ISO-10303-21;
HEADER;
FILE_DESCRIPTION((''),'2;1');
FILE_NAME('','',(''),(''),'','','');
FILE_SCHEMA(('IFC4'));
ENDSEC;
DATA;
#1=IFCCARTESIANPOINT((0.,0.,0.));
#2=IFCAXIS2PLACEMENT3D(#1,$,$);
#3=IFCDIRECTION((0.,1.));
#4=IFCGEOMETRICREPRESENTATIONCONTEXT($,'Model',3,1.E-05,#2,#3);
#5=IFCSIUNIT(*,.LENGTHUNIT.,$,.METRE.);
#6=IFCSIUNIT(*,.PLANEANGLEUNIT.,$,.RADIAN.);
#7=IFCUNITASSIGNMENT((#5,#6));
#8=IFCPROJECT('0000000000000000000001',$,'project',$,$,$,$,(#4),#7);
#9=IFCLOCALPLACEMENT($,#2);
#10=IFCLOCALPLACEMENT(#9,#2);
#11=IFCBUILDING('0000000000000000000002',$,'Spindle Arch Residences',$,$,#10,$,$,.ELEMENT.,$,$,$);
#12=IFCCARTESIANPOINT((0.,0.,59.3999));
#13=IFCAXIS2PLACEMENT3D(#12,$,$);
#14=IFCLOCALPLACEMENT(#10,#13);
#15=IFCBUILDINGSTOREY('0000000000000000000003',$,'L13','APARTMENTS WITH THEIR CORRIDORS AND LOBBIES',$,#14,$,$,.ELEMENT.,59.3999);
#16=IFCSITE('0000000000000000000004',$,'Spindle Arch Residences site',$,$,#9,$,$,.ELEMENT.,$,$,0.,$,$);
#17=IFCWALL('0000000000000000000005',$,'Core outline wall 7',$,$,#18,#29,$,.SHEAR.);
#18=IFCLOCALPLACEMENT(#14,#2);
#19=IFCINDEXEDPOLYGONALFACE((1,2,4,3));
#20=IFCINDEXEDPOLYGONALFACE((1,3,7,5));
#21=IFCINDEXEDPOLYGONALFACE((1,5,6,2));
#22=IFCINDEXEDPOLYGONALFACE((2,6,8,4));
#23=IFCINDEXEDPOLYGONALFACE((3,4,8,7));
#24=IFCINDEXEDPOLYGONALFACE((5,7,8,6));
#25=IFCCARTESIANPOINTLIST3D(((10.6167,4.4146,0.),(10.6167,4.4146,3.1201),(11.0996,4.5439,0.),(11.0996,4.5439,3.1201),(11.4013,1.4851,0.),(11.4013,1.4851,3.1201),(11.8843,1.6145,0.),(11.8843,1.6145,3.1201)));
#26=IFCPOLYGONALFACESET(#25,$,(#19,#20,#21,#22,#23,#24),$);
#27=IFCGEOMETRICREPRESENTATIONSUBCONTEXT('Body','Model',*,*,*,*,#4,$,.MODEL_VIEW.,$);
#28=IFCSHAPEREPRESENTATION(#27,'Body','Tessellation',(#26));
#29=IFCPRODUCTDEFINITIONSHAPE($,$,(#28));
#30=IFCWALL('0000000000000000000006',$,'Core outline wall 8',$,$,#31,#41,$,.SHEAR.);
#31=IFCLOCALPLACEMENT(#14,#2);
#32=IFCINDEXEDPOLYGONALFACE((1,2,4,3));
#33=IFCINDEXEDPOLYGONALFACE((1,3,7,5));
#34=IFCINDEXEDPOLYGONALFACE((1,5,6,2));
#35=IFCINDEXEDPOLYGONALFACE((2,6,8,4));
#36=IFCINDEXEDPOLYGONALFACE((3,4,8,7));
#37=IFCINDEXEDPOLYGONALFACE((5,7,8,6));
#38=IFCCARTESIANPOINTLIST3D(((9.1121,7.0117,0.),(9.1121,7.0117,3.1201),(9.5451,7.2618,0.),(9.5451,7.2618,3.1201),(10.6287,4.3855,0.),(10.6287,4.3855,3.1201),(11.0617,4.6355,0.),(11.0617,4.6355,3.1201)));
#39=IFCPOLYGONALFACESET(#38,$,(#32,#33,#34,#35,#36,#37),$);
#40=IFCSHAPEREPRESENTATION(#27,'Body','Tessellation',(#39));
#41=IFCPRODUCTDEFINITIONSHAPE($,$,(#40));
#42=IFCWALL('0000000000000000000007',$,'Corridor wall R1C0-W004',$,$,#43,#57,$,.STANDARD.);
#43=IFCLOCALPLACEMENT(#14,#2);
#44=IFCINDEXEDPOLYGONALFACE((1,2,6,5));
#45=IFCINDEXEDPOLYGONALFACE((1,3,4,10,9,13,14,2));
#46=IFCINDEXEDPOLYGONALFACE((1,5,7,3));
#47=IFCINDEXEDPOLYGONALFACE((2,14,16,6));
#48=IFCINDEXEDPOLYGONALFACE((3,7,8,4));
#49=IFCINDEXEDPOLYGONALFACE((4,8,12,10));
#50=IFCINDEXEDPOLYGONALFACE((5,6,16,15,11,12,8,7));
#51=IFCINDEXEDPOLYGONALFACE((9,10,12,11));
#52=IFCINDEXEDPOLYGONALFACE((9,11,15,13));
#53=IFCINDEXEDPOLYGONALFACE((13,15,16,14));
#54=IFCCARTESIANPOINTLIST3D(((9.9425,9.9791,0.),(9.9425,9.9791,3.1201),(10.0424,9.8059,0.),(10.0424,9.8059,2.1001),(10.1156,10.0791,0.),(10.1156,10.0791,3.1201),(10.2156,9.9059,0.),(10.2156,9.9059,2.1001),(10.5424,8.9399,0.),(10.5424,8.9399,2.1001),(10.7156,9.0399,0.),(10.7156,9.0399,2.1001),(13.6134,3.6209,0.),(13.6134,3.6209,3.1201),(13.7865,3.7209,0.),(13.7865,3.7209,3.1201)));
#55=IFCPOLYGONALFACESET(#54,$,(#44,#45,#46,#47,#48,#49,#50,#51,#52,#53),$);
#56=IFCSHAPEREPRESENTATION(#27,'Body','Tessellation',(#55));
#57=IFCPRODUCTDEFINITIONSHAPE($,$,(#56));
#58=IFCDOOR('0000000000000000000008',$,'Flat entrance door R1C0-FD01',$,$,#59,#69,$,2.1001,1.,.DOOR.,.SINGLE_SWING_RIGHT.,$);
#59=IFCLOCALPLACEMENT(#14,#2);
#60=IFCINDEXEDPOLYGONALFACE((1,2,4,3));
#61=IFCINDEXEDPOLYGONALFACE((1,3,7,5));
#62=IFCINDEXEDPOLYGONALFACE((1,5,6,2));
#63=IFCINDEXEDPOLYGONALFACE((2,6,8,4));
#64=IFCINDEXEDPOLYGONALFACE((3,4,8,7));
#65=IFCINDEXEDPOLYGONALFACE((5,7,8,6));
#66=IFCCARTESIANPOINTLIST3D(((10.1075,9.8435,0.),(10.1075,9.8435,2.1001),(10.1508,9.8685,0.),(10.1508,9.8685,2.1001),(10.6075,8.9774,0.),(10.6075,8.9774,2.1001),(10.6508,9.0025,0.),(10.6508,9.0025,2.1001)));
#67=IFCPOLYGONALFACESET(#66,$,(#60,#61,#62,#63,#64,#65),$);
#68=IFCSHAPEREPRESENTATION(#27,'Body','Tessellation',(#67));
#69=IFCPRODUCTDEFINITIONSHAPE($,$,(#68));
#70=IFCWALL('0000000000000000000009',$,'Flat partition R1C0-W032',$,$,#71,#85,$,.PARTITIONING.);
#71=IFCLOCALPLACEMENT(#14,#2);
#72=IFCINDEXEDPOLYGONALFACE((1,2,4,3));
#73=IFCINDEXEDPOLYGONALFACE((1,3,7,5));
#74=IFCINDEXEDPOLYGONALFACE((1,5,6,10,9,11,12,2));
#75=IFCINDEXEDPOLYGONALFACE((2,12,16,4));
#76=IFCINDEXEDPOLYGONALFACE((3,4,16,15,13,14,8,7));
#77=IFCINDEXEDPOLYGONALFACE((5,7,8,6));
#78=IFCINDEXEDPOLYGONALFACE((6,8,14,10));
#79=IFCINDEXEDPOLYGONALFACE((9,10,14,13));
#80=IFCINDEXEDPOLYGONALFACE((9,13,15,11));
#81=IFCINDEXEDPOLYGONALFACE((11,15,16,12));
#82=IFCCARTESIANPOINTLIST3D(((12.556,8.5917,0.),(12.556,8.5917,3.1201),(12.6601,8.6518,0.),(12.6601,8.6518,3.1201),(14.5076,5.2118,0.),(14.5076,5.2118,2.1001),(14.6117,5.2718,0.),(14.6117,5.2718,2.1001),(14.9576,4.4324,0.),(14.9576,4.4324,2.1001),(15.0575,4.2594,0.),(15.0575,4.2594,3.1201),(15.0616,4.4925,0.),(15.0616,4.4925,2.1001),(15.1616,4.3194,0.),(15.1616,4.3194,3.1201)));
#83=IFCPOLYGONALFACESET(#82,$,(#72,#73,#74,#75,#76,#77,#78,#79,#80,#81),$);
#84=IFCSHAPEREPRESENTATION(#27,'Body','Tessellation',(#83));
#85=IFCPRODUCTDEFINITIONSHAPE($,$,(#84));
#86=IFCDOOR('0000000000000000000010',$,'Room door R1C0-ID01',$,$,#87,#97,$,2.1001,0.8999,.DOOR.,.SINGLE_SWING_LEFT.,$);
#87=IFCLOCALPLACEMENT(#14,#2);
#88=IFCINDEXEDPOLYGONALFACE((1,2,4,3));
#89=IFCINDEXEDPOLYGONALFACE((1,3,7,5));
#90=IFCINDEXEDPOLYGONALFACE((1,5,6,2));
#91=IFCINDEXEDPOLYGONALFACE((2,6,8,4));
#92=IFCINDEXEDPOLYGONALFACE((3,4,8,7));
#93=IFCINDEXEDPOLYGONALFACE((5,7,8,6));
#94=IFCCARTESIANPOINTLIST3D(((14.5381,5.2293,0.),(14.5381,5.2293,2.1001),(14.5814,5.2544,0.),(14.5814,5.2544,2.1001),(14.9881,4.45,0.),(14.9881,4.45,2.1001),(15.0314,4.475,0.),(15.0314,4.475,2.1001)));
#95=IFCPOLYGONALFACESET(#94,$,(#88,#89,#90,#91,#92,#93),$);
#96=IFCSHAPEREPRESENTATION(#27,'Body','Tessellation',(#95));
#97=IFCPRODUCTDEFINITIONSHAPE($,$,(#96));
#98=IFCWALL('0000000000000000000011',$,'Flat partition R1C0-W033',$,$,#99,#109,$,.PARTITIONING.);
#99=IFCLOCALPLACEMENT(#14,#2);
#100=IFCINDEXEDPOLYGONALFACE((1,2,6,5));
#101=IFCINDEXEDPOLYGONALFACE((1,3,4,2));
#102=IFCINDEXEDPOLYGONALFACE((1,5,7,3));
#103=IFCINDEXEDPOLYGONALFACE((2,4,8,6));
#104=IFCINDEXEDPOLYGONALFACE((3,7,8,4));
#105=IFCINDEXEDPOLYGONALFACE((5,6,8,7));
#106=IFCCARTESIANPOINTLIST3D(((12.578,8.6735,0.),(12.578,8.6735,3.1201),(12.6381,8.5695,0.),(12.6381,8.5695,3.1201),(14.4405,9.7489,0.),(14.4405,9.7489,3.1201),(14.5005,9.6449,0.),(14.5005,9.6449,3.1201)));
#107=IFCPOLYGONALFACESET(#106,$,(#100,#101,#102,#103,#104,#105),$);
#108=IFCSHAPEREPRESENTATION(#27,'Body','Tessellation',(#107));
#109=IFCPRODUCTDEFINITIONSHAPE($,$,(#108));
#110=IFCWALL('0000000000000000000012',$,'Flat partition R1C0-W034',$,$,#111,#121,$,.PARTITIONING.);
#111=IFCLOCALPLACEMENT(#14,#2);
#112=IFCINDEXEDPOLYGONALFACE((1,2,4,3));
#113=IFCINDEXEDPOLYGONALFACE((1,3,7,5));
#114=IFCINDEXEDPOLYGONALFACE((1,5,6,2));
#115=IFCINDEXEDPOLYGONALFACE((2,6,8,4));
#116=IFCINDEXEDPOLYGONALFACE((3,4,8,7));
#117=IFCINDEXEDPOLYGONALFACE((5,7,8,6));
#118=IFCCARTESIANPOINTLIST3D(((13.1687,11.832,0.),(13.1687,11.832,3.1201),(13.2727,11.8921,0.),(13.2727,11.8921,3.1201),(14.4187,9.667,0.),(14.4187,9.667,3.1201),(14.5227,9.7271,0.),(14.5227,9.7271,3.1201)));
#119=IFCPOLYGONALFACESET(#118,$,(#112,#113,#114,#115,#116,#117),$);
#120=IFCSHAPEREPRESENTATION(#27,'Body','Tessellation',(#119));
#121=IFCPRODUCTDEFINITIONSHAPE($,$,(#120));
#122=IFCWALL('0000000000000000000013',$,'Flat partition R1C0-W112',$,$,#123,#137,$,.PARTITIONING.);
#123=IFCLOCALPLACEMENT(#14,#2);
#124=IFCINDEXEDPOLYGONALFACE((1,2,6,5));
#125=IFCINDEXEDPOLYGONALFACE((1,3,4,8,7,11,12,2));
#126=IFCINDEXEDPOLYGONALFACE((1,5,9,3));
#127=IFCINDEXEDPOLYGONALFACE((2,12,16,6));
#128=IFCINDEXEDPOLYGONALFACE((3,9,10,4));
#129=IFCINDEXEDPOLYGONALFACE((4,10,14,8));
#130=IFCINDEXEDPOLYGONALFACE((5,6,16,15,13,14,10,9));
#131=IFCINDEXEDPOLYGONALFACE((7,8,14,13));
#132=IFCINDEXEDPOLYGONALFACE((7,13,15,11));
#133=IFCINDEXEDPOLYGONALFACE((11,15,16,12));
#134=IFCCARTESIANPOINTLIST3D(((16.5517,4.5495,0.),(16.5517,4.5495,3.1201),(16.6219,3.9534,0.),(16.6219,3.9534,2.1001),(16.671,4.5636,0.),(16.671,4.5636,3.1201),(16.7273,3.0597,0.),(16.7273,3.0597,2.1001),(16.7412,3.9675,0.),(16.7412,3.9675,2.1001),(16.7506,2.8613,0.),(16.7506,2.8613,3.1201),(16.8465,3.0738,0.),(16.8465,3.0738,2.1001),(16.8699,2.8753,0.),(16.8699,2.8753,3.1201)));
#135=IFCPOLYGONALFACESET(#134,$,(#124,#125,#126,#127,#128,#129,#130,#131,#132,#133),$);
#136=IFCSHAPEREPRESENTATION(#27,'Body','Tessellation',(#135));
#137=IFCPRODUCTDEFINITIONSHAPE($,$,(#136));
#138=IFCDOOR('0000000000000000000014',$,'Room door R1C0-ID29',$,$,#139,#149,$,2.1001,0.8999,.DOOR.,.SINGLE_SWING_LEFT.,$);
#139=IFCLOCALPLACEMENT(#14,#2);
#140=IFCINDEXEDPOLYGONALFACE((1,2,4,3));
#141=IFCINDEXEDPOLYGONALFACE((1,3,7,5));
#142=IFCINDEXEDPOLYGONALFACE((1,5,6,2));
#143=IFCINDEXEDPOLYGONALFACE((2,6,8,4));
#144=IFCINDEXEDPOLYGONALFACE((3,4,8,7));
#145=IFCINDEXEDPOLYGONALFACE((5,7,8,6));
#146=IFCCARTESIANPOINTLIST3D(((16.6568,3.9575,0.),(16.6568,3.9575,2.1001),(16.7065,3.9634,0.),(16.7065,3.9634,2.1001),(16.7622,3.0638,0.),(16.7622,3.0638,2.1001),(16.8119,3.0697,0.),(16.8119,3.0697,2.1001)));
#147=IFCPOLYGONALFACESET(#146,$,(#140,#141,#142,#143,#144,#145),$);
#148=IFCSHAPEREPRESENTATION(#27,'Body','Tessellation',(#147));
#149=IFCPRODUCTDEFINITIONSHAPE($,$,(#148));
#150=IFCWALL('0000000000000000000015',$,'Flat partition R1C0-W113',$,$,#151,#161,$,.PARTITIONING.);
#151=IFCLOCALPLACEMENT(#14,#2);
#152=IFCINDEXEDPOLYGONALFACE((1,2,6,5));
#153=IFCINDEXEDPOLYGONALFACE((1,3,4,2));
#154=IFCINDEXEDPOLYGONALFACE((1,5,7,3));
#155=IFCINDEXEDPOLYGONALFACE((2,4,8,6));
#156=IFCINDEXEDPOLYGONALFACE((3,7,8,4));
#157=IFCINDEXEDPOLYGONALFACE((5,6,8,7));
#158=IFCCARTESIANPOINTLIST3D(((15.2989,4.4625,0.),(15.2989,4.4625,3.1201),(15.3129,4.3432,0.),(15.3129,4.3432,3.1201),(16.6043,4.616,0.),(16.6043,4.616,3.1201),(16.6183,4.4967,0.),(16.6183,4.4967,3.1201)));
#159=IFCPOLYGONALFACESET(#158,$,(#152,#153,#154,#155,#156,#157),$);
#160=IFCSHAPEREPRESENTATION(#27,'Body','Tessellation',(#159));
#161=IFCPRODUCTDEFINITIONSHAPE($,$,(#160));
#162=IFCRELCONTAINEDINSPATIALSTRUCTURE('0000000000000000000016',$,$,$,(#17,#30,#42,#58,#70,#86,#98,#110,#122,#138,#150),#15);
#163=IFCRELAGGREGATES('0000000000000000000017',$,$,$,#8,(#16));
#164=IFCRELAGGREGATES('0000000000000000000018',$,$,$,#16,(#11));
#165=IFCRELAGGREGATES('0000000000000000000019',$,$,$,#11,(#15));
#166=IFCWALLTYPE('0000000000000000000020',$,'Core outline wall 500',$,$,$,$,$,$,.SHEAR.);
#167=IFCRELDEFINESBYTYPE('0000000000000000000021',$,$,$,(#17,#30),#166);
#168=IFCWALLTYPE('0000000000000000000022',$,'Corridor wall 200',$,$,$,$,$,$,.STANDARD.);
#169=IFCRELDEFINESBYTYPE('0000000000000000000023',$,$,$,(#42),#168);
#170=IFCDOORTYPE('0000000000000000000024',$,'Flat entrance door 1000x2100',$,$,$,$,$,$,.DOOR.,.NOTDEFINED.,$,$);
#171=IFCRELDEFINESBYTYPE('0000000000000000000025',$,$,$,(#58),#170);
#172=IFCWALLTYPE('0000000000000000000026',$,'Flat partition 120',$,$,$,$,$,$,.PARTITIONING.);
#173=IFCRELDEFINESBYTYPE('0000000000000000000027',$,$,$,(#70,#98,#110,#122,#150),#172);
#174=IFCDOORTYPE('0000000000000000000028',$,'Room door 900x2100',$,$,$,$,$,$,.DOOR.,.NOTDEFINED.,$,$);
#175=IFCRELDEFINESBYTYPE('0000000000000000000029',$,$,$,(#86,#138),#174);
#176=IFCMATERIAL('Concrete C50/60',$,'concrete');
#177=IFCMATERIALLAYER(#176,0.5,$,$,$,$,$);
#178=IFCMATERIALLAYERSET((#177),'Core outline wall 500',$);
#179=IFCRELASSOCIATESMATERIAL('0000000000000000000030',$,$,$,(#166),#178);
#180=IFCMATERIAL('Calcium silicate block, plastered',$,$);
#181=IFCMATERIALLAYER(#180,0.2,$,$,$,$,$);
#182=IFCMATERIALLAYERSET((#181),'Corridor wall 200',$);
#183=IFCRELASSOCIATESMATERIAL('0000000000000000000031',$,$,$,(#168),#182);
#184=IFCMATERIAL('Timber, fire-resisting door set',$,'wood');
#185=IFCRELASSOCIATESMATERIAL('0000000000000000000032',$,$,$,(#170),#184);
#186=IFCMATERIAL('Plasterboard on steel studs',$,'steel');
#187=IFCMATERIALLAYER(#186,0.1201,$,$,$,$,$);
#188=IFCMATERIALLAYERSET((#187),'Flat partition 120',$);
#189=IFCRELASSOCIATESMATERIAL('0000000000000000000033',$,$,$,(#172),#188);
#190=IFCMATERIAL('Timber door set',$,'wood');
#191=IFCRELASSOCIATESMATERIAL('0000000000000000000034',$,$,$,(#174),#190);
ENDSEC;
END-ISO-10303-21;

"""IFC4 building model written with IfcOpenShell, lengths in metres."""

from ifc_helpers import new_model, si_unit, direction, frame, frame_2d, origin, place, context, subcontext, project, spatial, rectangle, extrude, material, layer, layer_set, type_object, element, fill, save


model = new_model("IFC4")

# Units and contexts
model_context = context("Model", 3, precision=1e-05, world=origin(), true_north=direction((0.0, 1.0)))
body_context = subcontext(model_context, "Body", "Model", "MODEL_VIEW")
ifc_project = project(units=[si_unit("LENGTHUNIT", "METRE"), si_unit("PLANEANGLEUNIT", "RADIAN")], contexts=[model_context])

# Site, building, storey
site_placement = place(None, origin())
site = spatial("IfcSite", under=ifc_project, at=site_placement, Name="Spindle Arch Residences site", CompositionType="ELEMENT", RefElevation=0.0)
building_placement = place(site_placement, origin())
building = spatial("IfcBuilding", under=site, at=building_placement, Name="Spindle Arch Residences", CompositionType="ELEMENT")
storey_placement = place(building_placement, frame((0.0, 0.0, 59.3999)))
storey = spatial("IfcBuildingStorey", under=building, at=storey_placement, Name="L13", Description="APARTMENTS WITH THEIR CORRIDORS AND LOBBIES", CompositionType="ELEMENT", Elevation=59.3999)

# Walls
ifc_material_1 = material(Name="Concrete C50/60", Category="concrete")
ifc_layer_1 = layer(ifc_material_1, 0.5)
ifc_layer_set_1 = layer_set([ifc_layer_1], Name="Core outline wall 500")
wall_type_1 = type_object("IfcWallType", Name="Core outline wall 500", PredefinedType="SHEAR", material=ifc_layer_set_1)
for number, where, z_axis, x_axis, name in (
    (1, (11.6428, 1.5498, 0.0), (0.0, 0.0, 1.0), (-0.258735, 0.965948, 0.0), "Core outline wall 7"),
    (2, (10.8452, 4.5105, 0.0), (0.0, 0.0, 1.0), (-0.500087, 0.865975, 0.0), "Core outline wall 8"),
):
    element("IfcWall", number, at=place(storey_placement, frame(where, z_axis=z_axis, x_axis=x_axis)), inside=storey, type_object=wall_type_1, Name=name, PredefinedType="SHEAR", context=body_context, shape_type="SweptSolid", body=[
        extrude(rectangle(XDim=3.0327, YDim=0.5, at=frame_2d((1.5164, 0.0))), origin(), (0.0, 0.0, 1.0), 3.1201),
    ])

# Walls, openings, doors
ifc_material_2 = material(Name="Calcium silicate block, plastered")
ifc_layer_2 = layer(ifc_material_2, 0.2)
ifc_layer_set_2 = layer_set([ifc_layer_2], Name="Corridor wall 200")
wall_type_2 = type_object("IfcWallType", Name="Corridor wall 200", PredefinedType="STANDARD", material=ifc_layer_set_2)
wall_1_placement = place(storey_placement, frame((13.7, 3.6709, 0.0), z_axis=(0.0, 0.0, 1.0), x_axis=(-0.500002, 0.866024, 0.0)))
wall_1 = element("IfcWall", 3, at=wall_1_placement, inside=storey, type_object=wall_type_2, Name="Corridor wall R1C0-W004", PredefinedType="STANDARD", context=body_context, shape_type="SweptSolid", body=[
    extrude(rectangle(XDim=7.3418, YDim=0.2, at=frame_2d((3.6709, 0.0))), origin(), (0.0, 0.0, 1.0), 3.1201),
])
opening_1_placement = place(wall_1_placement, frame((6.1418, 0.0, 0.0)))
opening_1 = element("IfcOpeningElement", 4, at=opening_1_placement, cuts=wall_1, PredefinedType="OPENING", context=body_context, shape_type="SweptSolid", body=[
    extrude(rectangle(XDim=1.0, YDim=2.1001, at=frame_2d((0.5, 1.05))), frame((0.0, 0.1099, 0.0), z_axis=(0.0, -1.0, 0.0), x_axis=(1.0, 0.0, 0.0)), (0.0, 0.0, 1.0), 0.22),
])
ifc_material_3 = material(Name="Timber, fire-resisting door set", Category="wood")
door_type_1 = type_object("IfcDoorType", Name="Flat entrance door 1000x2100", OperationType="NOTDEFINED", PredefinedType="DOOR", material=ifc_material_3)
door_1_placement = place(opening_1_placement, origin())
door_1 = element("IfcDoor", 5, at=door_1_placement, inside=storey, type_object=door_type_1, Name="Flat entrance door R1C0-FD01", OperationType="SINGLE_SWING_RIGHT", OverallHeight=2.1001, OverallWidth=1.0, PredefinedType="DOOR", context=body_context, shape_type="SweptSolid", body=[
    extrude(rectangle(XDim=1.0, YDim=2.1001, at=frame_2d((0.5, 1.05))), frame((0.0, 0.0249, 0.0), z_axis=(0.0, -1.0, 0.0), x_axis=(1.0, 0.0, 0.0)), (0.0, 0.0, 1.0), 0.05),
])
fill(opening_1, door_1)
ifc_material_4 = material(Name="Plasterboard on steel studs", Category="steel")
ifc_layer_3 = layer(ifc_material_4, 0.1201)
ifc_layer_set_3 = layer_set([ifc_layer_3], Name="Flat partition 120")
wall_type_3 = type_object("IfcWallType", Name="Flat partition 120", PredefinedType="PARTITIONING", material=ifc_layer_set_3)
wall_2_placement = place(storey_placement, frame((15.1096, 4.2893, 0.0), z_axis=(0.0, 0.0, 1.0), x_axis=(-0.500034, 0.866006, 0.0)))
wall_2 = element("IfcWall", 6, at=wall_2_placement, inside=storey, type_object=wall_type_3, Name="Flat partition R1C0-W032", PredefinedType="PARTITIONING", context=body_context, shape_type="SweptSolid", body=[
    extrude(rectangle(XDim=5.0027, YDim=0.1201, at=frame_2d((2.5015, 0.0))), origin(), (0.0, 0.0, 1.0), 3.1201),
])
opening_2_placement = place(wall_2_placement, frame((0.2, 0.0, 0.0)))
opening_2 = element("IfcOpeningElement", 7, at=opening_2_placement, cuts=wall_2, PredefinedType="OPENING", context=body_context, shape_type="SweptSolid", body=[
    extrude(rectangle(XDim=0.8999, YDim=2.1001, at=frame_2d((0.45, 1.05))), frame((0.0, 0.0701, 0.0), z_axis=(0.0, -1.0, 0.0), x_axis=(1.0, 0.0, 0.0)), (0.0, 0.0, 1.0), 0.1401),
])
ifc_material_5 = material(Name="Timber door set", Category="wood")
door_type_2 = type_object("IfcDoorType", Name="Room door 900x2100", OperationType="NOTDEFINED", PredefinedType="DOOR", material=ifc_material_5)
door_2_placement = place(opening_2_placement, origin())
door_2 = element("IfcDoor", 8, at=door_2_placement, inside=storey, type_object=door_type_2, Name="Room door R1C0-ID01", OperationType="SINGLE_SWING_LEFT", OverallHeight=2.1001, OverallWidth=0.8999, PredefinedType="DOOR", context=body_context, shape_type="SweptSolid", body=[
    extrude(rectangle(XDim=0.8999, YDim=2.1001, at=frame_2d((0.45, 1.05))), frame((0.0, 0.0249, 0.0), z_axis=(0.0, -1.0, 0.0), x_axis=(1.0, 0.0, 0.0)), (0.0, 0.0, 1.0), 0.05),
])
fill(opening_2, door_2)

# Walls
wall_3_placement = place(storey_placement, frame((12.6082, 8.6216, 0.0), z_axis=(0.0, 0.0, 1.0), x_axis=(0.866006, 0.500034, 0.0)))
element("IfcWall", 9, at=wall_3_placement, inside=storey, type_object=wall_type_3, Name="Flat partition R1C0-W033", PredefinedType="PARTITIONING", context=body_context, shape_type="SweptSolid", body=[
    extrude(rectangle(XDim=2.1506, YDim=0.1201, at=frame_2d((1.0752, 0.0))), origin(), (0.0, 0.0, 1.0), 3.1201),
])
wall_4_placement = place(storey_placement, frame((14.4707, 9.697, 0.0), z_axis=(0.0, 0.0, 1.0), x_axis=(-0.500004, 0.866023, 0.0)))
element("IfcWall", 10, at=wall_4_placement, inside=storey, type_object=wall_type_3, Name="Flat partition R1C0-W034", PredefinedType="PARTITIONING", context=body_context, shape_type="SweptSolid", body=[
    extrude(rectangle(XDim=2.5, YDim=0.1201, at=frame_2d((1.25, 0.0))), origin(), (0.0, 0.0, 1.0), 3.1201),
])

# Wall, opening, door
wall_5_placement = place(storey_placement, frame((16.8103, 2.8682, 0.0), z_axis=(0.0, 0.0, 1.0), x_axis=(-0.11705, 0.993126, 0.0)))
wall_5 = element("IfcWall", 11, at=wall_5_placement, inside=storey, type_object=wall_type_3, Name="Flat partition R1C0-W112", PredefinedType="PARTITIONING", context=body_context, shape_type="SweptSolid", body=[
    extrude(rectangle(XDim=1.7, YDim=0.1201, at=frame_2d((0.8501, 0.0))), origin(), (0.0, 0.0, 1.0), 3.1201),
])
opening_3_placement = place(wall_5_placement, frame((0.2, 0.0, 0.0)))
opening_3 = element("IfcOpeningElement", 12, at=opening_3_placement, cuts=wall_5, PredefinedType="OPENING", context=body_context, shape_type="SweptSolid", body=[
    extrude(rectangle(XDim=0.8999, YDim=2.1001, at=frame_2d((0.45, 1.05))), frame((0.0, 0.0701, 0.0), z_axis=(0.0, -1.0, 0.0), x_axis=(1.0, 0.0, 0.0)), (0.0, 0.0, 1.0), 0.1401),
])
door_3_placement = place(opening_3_placement, origin())
door_3 = element("IfcDoor", 13, at=door_3_placement, inside=storey, type_object=door_type_2, Name="Room door R1C0-ID29", OperationType="SINGLE_SWING_LEFT", OverallHeight=2.1001, OverallWidth=0.8999, PredefinedType="DOOR", context=body_context, shape_type="SweptSolid", body=[
    extrude(rectangle(XDim=0.8999, YDim=2.1001, at=frame_2d((0.45, 1.05))), frame((0.0, 0.0249, 0.0), z_axis=(0.0, -1.0, 0.0), x_axis=(1.0, 0.0, 0.0)), (0.0, 0.0, 1.0), 0.05),
])
fill(opening_3, door_3)

# Wall
wall_6_placement = place(storey_placement, frame((16.6113, 4.5564, 0.0), z_axis=(0.0, 0.0, 1.0), x_axis=(-0.993152, -0.11683, 0.0)))
element("IfcWall", 14, at=wall_6_placement, inside=storey, type_object=wall_type_3, Name="Flat partition R1C0-W113", PredefinedType="PARTITIONING", context=body_context, shape_type="SweptSolid", body=[
    extrude(rectangle(XDim=1.3145, YDim=0.1201, at=frame_2d((0.6572, 0.0))), origin(), (0.0, 0.0, 1.0), 3.1201),
])

save(model, "model.ifc")
